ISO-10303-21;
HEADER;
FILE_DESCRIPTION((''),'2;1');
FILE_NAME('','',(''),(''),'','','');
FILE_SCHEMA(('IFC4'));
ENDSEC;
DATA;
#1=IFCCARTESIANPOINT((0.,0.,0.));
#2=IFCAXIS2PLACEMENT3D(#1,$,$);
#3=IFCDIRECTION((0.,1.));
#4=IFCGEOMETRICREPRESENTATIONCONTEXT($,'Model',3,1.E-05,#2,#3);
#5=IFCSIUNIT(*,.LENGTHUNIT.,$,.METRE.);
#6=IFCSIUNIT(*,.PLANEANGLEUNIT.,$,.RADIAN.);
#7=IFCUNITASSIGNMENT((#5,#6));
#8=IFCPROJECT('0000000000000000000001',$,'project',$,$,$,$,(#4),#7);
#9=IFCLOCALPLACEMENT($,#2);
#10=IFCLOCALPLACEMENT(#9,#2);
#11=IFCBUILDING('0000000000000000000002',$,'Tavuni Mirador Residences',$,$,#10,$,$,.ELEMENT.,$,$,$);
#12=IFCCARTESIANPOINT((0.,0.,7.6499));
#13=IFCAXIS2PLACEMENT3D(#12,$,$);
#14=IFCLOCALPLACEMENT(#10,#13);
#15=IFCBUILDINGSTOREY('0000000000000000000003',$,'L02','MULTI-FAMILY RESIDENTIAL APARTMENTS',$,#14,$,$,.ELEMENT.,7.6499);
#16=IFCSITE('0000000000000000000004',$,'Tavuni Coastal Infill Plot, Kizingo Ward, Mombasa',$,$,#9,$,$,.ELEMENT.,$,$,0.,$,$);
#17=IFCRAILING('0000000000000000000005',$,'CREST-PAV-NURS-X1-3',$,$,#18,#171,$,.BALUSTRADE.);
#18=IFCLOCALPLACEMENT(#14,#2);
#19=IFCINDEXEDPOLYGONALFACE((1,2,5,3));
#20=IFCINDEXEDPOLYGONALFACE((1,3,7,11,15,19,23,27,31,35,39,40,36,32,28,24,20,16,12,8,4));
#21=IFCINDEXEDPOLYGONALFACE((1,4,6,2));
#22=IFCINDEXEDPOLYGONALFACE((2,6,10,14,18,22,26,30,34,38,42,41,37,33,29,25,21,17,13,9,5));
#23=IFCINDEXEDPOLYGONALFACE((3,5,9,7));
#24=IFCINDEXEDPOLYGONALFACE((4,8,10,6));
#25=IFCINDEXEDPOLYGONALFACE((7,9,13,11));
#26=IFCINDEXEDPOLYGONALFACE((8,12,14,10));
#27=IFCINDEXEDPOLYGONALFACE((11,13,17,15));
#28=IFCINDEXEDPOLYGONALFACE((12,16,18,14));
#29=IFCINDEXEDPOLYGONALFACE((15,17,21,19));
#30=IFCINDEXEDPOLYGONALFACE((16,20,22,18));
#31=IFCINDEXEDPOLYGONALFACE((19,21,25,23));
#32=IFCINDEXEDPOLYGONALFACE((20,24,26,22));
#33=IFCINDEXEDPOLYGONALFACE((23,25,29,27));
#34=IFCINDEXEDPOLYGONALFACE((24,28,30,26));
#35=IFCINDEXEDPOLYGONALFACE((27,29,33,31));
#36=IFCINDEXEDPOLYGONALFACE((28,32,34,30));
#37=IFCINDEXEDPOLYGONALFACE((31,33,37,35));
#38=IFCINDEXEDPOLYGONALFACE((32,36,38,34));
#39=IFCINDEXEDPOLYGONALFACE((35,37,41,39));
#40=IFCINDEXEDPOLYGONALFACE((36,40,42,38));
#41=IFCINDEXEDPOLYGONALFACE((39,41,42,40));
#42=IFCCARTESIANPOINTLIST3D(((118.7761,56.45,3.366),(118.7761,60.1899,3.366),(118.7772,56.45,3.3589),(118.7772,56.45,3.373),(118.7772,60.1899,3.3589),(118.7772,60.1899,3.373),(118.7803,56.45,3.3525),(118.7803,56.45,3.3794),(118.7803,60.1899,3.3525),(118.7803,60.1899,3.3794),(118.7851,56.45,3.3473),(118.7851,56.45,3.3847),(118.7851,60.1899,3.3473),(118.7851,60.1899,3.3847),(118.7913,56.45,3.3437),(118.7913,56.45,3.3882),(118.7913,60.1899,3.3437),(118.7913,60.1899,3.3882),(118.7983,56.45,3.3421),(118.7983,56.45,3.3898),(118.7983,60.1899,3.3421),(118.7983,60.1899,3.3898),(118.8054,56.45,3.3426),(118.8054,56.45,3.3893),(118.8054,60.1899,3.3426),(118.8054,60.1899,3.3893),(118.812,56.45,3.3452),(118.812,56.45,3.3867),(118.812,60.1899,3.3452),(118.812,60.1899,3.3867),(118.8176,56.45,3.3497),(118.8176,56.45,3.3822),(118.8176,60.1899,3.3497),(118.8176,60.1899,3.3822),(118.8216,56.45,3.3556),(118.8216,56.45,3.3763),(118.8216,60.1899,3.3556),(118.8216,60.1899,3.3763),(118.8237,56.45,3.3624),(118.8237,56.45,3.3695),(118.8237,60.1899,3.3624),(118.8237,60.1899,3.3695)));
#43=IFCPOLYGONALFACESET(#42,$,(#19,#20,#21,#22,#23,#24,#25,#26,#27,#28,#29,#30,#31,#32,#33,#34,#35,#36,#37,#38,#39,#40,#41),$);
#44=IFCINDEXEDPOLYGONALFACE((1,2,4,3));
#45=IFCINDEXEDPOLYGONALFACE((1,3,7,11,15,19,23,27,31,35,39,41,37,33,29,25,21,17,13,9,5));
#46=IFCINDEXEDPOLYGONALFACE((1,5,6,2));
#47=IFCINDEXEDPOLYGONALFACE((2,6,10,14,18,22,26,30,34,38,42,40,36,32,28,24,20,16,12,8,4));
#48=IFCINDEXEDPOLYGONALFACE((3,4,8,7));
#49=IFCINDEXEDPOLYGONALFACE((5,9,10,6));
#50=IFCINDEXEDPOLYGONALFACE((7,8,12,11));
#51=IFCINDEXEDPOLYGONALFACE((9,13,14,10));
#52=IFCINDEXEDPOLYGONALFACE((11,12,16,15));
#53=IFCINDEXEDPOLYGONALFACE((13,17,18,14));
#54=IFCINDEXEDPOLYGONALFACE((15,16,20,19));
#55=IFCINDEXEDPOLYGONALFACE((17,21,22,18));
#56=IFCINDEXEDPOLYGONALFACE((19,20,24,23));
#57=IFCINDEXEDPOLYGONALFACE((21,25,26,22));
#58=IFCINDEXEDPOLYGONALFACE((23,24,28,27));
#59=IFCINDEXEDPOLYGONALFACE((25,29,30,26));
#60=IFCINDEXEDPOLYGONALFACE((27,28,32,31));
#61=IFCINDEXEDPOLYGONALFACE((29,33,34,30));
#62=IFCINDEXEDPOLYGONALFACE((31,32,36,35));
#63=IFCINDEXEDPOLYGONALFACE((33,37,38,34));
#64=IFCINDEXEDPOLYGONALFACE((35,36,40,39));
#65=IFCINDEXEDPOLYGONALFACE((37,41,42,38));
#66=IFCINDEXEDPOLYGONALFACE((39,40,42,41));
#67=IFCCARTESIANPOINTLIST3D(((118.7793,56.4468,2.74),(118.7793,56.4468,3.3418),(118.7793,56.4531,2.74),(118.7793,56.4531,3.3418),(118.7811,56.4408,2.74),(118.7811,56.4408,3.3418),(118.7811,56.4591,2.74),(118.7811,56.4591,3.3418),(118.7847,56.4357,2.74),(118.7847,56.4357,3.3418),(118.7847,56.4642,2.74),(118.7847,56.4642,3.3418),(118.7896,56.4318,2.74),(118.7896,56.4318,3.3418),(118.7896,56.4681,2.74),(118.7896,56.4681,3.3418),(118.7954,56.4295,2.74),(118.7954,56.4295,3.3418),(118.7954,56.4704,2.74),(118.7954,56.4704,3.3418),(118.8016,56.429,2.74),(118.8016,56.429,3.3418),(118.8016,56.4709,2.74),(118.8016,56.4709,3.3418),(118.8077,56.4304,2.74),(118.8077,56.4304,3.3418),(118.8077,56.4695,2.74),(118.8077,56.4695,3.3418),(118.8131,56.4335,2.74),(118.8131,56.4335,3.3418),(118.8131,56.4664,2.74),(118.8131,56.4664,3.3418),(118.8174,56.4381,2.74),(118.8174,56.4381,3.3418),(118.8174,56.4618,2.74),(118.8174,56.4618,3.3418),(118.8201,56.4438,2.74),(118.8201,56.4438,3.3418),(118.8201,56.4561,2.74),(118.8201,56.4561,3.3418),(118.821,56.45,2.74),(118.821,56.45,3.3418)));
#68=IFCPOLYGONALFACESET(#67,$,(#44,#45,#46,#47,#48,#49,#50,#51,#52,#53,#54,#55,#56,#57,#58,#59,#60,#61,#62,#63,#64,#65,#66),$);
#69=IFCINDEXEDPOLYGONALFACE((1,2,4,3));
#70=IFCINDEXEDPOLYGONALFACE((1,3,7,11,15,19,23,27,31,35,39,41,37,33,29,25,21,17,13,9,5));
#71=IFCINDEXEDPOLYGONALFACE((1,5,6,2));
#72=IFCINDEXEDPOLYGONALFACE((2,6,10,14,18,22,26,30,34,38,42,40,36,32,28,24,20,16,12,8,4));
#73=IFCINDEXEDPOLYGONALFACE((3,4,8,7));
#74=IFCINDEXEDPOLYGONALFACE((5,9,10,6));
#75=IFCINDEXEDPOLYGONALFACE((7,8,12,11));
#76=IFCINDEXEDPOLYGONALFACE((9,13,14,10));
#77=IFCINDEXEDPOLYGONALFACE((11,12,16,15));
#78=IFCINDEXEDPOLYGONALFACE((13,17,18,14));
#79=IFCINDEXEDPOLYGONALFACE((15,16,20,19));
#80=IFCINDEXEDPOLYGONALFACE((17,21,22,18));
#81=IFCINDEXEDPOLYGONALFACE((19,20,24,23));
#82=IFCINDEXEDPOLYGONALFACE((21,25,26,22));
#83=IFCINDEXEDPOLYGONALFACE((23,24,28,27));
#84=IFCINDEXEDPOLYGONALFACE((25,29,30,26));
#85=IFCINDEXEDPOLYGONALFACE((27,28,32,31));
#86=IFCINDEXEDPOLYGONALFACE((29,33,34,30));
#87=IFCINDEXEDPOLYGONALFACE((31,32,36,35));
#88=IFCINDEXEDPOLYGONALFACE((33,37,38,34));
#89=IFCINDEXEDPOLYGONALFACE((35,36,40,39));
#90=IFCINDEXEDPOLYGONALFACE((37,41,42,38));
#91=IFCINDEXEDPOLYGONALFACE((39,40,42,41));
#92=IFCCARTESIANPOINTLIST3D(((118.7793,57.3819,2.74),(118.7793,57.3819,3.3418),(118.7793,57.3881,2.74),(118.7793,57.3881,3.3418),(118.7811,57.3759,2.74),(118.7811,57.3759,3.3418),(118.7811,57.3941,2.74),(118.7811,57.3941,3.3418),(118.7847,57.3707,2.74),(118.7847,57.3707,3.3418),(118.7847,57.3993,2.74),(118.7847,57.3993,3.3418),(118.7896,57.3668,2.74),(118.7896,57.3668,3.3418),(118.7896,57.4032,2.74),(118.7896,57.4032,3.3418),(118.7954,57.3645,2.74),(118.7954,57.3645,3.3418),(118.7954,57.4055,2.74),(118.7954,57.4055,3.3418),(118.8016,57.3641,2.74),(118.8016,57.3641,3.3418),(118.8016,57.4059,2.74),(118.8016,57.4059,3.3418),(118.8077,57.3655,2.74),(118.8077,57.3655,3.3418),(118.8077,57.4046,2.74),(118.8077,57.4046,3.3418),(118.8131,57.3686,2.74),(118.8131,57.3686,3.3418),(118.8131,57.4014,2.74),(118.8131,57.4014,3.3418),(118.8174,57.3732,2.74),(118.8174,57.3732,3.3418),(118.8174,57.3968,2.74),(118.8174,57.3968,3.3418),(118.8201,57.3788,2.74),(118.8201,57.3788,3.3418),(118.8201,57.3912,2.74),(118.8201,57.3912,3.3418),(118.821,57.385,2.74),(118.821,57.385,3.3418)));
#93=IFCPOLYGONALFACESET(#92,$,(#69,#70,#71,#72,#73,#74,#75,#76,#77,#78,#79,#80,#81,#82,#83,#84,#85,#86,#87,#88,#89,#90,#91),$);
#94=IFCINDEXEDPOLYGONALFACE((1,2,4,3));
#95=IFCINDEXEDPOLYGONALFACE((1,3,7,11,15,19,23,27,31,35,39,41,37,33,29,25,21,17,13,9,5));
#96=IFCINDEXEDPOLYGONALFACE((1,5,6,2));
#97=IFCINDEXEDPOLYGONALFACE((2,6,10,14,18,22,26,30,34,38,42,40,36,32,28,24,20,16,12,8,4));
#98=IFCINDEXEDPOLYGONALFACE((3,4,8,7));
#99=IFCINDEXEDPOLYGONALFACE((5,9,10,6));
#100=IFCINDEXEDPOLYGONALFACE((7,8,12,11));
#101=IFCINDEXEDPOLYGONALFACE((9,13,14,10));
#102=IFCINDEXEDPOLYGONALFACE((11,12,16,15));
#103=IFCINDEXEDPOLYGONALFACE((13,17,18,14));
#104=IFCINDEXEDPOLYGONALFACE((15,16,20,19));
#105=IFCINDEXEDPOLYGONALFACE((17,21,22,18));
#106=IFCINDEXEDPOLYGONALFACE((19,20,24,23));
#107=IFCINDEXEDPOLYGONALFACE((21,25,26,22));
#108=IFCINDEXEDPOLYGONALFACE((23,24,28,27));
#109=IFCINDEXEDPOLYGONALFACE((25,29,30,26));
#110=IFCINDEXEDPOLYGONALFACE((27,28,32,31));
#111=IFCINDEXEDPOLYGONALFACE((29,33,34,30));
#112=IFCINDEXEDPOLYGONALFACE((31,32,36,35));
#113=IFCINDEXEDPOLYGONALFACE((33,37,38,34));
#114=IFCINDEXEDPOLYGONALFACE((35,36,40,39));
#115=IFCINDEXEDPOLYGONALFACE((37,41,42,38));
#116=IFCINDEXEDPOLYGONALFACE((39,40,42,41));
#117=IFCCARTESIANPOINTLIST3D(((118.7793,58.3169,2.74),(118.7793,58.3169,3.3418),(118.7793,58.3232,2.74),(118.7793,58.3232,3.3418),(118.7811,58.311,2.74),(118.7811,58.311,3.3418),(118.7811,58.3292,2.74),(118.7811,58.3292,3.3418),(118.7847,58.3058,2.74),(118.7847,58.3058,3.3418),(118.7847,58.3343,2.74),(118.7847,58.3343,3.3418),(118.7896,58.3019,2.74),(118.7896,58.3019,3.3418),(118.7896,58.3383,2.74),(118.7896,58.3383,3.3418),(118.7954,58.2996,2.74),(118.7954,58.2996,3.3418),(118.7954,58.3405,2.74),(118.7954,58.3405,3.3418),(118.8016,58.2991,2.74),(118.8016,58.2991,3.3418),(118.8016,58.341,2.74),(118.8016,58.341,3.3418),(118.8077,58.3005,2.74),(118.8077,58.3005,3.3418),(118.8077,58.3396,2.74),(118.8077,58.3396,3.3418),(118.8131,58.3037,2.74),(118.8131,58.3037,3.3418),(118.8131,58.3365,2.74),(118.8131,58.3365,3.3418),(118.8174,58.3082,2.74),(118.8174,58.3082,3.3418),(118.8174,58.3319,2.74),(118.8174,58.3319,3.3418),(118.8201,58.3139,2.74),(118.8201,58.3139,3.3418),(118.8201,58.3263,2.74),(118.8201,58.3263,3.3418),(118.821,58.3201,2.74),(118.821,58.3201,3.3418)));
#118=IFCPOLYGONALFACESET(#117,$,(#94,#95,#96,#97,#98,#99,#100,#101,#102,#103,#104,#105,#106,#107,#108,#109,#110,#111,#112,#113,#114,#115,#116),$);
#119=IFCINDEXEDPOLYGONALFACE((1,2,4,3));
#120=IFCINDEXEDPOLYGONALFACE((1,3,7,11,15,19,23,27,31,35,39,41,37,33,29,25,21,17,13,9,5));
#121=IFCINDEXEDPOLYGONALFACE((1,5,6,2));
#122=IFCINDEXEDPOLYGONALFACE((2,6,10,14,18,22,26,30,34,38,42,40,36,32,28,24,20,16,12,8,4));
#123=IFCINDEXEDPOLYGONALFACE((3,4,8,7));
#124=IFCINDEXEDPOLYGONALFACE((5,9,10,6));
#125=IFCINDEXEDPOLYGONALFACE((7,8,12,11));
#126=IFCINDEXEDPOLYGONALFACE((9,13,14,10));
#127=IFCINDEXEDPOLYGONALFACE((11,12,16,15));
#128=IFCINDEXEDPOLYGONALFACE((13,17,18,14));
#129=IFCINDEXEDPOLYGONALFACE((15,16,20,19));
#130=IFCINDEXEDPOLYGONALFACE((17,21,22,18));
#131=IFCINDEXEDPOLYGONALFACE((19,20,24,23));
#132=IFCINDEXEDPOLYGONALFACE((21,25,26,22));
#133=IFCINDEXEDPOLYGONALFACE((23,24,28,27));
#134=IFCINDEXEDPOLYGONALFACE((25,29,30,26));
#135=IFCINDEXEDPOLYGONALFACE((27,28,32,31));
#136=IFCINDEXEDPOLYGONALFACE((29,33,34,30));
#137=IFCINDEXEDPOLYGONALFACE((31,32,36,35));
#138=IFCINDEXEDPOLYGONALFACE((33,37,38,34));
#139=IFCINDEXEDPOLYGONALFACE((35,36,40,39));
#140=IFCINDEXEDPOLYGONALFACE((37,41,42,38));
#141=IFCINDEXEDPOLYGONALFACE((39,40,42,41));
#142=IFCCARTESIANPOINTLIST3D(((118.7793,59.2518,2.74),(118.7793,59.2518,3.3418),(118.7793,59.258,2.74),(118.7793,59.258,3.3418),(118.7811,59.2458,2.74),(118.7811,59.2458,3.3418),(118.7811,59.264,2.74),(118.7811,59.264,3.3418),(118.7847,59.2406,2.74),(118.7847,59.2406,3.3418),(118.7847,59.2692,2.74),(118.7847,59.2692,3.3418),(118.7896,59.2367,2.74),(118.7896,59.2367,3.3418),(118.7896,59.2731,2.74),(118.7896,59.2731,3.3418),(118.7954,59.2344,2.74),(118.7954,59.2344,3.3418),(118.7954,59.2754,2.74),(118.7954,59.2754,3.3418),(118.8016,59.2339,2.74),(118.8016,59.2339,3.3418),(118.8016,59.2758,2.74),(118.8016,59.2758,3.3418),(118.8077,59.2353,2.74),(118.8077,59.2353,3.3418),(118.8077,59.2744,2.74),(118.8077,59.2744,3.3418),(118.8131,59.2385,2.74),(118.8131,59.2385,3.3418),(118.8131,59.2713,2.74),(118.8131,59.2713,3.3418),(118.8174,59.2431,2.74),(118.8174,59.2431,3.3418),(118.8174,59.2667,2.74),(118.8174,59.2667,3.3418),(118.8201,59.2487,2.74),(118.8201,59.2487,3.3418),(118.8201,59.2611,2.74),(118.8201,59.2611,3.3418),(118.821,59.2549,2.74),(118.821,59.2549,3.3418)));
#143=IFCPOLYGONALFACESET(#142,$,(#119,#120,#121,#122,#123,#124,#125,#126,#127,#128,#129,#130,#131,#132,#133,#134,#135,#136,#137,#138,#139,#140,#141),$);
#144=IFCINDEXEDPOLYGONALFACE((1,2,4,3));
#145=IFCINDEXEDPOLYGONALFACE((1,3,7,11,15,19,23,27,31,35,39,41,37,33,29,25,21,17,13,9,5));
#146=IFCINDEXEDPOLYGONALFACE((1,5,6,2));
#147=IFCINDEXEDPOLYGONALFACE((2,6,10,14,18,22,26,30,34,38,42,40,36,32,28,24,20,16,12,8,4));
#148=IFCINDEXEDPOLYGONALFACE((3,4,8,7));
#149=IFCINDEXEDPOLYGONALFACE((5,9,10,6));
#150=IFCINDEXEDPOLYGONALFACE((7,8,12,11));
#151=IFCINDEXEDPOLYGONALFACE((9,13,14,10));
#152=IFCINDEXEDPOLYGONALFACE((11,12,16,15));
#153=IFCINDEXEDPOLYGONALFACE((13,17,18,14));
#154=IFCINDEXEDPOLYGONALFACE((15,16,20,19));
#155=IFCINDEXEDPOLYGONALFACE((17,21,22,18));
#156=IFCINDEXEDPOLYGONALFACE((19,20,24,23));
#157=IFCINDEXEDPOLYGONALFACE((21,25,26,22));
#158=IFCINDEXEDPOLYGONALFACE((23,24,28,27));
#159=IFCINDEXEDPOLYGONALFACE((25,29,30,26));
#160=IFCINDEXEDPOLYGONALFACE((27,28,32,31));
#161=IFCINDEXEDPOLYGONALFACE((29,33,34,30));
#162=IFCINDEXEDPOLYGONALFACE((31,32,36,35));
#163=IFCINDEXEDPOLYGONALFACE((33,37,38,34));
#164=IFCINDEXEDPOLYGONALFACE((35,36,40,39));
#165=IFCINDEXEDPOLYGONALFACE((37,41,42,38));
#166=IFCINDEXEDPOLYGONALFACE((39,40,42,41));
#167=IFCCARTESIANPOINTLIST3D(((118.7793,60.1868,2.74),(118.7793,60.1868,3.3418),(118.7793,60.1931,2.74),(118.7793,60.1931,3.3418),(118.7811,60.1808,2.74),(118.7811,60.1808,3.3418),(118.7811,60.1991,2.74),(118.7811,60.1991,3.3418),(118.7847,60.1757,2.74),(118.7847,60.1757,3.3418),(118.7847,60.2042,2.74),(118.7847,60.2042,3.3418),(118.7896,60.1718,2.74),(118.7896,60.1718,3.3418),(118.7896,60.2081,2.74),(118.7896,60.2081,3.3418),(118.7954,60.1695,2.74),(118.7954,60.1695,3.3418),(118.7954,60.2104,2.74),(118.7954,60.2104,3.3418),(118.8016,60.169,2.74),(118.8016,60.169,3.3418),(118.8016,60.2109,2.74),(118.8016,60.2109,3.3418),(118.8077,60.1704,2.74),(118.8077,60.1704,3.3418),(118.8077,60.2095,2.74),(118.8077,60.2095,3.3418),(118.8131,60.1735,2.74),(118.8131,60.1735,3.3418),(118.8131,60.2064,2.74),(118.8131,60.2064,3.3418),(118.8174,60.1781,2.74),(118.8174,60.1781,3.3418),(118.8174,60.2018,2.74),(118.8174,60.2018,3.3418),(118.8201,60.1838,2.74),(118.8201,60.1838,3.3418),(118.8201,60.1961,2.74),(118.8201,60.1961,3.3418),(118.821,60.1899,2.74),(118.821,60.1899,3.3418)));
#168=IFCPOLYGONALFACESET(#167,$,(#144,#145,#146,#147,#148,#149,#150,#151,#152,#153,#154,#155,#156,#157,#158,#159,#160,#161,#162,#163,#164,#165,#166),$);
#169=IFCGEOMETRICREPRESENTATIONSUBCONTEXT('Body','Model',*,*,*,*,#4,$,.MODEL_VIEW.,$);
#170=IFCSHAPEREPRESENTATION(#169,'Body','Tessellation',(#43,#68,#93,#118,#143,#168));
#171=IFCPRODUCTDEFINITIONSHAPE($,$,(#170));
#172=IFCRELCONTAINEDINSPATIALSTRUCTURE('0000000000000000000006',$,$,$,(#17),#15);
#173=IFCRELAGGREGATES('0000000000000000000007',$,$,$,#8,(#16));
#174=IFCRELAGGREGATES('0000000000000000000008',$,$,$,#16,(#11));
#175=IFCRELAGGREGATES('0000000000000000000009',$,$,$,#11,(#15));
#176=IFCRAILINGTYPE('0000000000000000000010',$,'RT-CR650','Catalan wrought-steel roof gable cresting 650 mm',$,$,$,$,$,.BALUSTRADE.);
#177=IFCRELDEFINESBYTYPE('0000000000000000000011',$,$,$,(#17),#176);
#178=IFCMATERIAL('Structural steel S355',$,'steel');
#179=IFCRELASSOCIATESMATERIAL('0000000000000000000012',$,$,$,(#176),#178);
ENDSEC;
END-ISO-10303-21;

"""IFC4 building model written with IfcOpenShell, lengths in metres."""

from ifc_helpers import new_model, si_unit, direction, frame, origin, origin_2d, place, context, subcontext, project, spatial, circle, extrude, material, type_object, element, save


model = new_model("IFC4")

# Units and contexts
model_context = context("Model", 3, precision=1e-05, world=origin(), true_north=direction((0.0, 1.0)))
body_context = subcontext(model_context, "Body", "Model", "MODEL_VIEW")
ifc_project = project(units=[si_unit("LENGTHUNIT", "METRE"), si_unit("PLANEANGLEUNIT", "RADIAN")], contexts=[model_context])

# Site, building, storey
site_placement = place(None, origin())
site = spatial("IfcSite", under=ifc_project, at=site_placement, Name="Tavuni Coastal Infill Plot, Kizingo Ward, Mombasa", CompositionType="ELEMENT", RefElevation=0.0)
building_placement = place(site_placement, origin())
building = spatial("IfcBuilding", under=site, at=building_placement, Name="Tavuni Mirador Residences", CompositionType="ELEMENT")
storey_placement = place(building_placement, frame((0.0, 0.0, 7.6499)))
storey = spatial("IfcBuildingStorey", under=building, at=storey_placement, Name="L02", Description="MULTI-FAMILY RESIDENTIAL APARTMENTS", CompositionType="ELEMENT", Elevation=7.6499)

# Shared definitions
ifc_material_1 = material(Name="Structural steel S355", Category="steel")

# Railing
railing_type = type_object("IfcRailingType", Name="RT-CR650", Description="Catalan wrought-steel roof gable cresting 650 mm", PredefinedType="BALUSTRADE", material=ifc_material_1)
for number, where, name in (
    (1, (118.8, 56.45, 2.74), "CREST-PAV-NURS-X1-3"),
):
    element("IfcRailing", number, at=place(storey_placement, frame(where)), inside=storey, type_object=railing_type, Name=name, PredefinedType="BALUSTRADE", context=body_context, shape_type="SweptSolid", body=[
        extrude(circle(Radius=0.0239, at=origin_2d()), frame((0.0, 0.0, 0.626), z_axis=(0.0, 1.0, 0.0), x_axis=(-1.0, 0.0, 0.0)), (0.0, 0.0, 1.0), 3.74),
        extrude(circle(Radius=0.021, at=origin_2d()), origin(), (0.0, 0.0, 1.0), 0.6018),
        extrude(circle(Radius=0.021, at=origin_2d()), frame((0.0, 0.9351, 0.0)), (0.0, 0.0, 1.0), 0.6018),
        extrude(circle(Radius=0.021, at=origin_2d()), frame((0.0, 1.8701, 0.0)), (0.0, 0.0, 1.0), 0.6018),
        extrude(circle(Radius=0.021, at=origin_2d()), frame((0.0, 2.8049, 0.0)), (0.0, 0.0, 1.0), 0.6018),
        extrude(circle(Radius=0.021, at=origin_2d()), frame((0.0, 3.74, 0.0)), (0.0, 0.0, 1.0), 0.6018),
    ])

save(model, "model.ifc")
